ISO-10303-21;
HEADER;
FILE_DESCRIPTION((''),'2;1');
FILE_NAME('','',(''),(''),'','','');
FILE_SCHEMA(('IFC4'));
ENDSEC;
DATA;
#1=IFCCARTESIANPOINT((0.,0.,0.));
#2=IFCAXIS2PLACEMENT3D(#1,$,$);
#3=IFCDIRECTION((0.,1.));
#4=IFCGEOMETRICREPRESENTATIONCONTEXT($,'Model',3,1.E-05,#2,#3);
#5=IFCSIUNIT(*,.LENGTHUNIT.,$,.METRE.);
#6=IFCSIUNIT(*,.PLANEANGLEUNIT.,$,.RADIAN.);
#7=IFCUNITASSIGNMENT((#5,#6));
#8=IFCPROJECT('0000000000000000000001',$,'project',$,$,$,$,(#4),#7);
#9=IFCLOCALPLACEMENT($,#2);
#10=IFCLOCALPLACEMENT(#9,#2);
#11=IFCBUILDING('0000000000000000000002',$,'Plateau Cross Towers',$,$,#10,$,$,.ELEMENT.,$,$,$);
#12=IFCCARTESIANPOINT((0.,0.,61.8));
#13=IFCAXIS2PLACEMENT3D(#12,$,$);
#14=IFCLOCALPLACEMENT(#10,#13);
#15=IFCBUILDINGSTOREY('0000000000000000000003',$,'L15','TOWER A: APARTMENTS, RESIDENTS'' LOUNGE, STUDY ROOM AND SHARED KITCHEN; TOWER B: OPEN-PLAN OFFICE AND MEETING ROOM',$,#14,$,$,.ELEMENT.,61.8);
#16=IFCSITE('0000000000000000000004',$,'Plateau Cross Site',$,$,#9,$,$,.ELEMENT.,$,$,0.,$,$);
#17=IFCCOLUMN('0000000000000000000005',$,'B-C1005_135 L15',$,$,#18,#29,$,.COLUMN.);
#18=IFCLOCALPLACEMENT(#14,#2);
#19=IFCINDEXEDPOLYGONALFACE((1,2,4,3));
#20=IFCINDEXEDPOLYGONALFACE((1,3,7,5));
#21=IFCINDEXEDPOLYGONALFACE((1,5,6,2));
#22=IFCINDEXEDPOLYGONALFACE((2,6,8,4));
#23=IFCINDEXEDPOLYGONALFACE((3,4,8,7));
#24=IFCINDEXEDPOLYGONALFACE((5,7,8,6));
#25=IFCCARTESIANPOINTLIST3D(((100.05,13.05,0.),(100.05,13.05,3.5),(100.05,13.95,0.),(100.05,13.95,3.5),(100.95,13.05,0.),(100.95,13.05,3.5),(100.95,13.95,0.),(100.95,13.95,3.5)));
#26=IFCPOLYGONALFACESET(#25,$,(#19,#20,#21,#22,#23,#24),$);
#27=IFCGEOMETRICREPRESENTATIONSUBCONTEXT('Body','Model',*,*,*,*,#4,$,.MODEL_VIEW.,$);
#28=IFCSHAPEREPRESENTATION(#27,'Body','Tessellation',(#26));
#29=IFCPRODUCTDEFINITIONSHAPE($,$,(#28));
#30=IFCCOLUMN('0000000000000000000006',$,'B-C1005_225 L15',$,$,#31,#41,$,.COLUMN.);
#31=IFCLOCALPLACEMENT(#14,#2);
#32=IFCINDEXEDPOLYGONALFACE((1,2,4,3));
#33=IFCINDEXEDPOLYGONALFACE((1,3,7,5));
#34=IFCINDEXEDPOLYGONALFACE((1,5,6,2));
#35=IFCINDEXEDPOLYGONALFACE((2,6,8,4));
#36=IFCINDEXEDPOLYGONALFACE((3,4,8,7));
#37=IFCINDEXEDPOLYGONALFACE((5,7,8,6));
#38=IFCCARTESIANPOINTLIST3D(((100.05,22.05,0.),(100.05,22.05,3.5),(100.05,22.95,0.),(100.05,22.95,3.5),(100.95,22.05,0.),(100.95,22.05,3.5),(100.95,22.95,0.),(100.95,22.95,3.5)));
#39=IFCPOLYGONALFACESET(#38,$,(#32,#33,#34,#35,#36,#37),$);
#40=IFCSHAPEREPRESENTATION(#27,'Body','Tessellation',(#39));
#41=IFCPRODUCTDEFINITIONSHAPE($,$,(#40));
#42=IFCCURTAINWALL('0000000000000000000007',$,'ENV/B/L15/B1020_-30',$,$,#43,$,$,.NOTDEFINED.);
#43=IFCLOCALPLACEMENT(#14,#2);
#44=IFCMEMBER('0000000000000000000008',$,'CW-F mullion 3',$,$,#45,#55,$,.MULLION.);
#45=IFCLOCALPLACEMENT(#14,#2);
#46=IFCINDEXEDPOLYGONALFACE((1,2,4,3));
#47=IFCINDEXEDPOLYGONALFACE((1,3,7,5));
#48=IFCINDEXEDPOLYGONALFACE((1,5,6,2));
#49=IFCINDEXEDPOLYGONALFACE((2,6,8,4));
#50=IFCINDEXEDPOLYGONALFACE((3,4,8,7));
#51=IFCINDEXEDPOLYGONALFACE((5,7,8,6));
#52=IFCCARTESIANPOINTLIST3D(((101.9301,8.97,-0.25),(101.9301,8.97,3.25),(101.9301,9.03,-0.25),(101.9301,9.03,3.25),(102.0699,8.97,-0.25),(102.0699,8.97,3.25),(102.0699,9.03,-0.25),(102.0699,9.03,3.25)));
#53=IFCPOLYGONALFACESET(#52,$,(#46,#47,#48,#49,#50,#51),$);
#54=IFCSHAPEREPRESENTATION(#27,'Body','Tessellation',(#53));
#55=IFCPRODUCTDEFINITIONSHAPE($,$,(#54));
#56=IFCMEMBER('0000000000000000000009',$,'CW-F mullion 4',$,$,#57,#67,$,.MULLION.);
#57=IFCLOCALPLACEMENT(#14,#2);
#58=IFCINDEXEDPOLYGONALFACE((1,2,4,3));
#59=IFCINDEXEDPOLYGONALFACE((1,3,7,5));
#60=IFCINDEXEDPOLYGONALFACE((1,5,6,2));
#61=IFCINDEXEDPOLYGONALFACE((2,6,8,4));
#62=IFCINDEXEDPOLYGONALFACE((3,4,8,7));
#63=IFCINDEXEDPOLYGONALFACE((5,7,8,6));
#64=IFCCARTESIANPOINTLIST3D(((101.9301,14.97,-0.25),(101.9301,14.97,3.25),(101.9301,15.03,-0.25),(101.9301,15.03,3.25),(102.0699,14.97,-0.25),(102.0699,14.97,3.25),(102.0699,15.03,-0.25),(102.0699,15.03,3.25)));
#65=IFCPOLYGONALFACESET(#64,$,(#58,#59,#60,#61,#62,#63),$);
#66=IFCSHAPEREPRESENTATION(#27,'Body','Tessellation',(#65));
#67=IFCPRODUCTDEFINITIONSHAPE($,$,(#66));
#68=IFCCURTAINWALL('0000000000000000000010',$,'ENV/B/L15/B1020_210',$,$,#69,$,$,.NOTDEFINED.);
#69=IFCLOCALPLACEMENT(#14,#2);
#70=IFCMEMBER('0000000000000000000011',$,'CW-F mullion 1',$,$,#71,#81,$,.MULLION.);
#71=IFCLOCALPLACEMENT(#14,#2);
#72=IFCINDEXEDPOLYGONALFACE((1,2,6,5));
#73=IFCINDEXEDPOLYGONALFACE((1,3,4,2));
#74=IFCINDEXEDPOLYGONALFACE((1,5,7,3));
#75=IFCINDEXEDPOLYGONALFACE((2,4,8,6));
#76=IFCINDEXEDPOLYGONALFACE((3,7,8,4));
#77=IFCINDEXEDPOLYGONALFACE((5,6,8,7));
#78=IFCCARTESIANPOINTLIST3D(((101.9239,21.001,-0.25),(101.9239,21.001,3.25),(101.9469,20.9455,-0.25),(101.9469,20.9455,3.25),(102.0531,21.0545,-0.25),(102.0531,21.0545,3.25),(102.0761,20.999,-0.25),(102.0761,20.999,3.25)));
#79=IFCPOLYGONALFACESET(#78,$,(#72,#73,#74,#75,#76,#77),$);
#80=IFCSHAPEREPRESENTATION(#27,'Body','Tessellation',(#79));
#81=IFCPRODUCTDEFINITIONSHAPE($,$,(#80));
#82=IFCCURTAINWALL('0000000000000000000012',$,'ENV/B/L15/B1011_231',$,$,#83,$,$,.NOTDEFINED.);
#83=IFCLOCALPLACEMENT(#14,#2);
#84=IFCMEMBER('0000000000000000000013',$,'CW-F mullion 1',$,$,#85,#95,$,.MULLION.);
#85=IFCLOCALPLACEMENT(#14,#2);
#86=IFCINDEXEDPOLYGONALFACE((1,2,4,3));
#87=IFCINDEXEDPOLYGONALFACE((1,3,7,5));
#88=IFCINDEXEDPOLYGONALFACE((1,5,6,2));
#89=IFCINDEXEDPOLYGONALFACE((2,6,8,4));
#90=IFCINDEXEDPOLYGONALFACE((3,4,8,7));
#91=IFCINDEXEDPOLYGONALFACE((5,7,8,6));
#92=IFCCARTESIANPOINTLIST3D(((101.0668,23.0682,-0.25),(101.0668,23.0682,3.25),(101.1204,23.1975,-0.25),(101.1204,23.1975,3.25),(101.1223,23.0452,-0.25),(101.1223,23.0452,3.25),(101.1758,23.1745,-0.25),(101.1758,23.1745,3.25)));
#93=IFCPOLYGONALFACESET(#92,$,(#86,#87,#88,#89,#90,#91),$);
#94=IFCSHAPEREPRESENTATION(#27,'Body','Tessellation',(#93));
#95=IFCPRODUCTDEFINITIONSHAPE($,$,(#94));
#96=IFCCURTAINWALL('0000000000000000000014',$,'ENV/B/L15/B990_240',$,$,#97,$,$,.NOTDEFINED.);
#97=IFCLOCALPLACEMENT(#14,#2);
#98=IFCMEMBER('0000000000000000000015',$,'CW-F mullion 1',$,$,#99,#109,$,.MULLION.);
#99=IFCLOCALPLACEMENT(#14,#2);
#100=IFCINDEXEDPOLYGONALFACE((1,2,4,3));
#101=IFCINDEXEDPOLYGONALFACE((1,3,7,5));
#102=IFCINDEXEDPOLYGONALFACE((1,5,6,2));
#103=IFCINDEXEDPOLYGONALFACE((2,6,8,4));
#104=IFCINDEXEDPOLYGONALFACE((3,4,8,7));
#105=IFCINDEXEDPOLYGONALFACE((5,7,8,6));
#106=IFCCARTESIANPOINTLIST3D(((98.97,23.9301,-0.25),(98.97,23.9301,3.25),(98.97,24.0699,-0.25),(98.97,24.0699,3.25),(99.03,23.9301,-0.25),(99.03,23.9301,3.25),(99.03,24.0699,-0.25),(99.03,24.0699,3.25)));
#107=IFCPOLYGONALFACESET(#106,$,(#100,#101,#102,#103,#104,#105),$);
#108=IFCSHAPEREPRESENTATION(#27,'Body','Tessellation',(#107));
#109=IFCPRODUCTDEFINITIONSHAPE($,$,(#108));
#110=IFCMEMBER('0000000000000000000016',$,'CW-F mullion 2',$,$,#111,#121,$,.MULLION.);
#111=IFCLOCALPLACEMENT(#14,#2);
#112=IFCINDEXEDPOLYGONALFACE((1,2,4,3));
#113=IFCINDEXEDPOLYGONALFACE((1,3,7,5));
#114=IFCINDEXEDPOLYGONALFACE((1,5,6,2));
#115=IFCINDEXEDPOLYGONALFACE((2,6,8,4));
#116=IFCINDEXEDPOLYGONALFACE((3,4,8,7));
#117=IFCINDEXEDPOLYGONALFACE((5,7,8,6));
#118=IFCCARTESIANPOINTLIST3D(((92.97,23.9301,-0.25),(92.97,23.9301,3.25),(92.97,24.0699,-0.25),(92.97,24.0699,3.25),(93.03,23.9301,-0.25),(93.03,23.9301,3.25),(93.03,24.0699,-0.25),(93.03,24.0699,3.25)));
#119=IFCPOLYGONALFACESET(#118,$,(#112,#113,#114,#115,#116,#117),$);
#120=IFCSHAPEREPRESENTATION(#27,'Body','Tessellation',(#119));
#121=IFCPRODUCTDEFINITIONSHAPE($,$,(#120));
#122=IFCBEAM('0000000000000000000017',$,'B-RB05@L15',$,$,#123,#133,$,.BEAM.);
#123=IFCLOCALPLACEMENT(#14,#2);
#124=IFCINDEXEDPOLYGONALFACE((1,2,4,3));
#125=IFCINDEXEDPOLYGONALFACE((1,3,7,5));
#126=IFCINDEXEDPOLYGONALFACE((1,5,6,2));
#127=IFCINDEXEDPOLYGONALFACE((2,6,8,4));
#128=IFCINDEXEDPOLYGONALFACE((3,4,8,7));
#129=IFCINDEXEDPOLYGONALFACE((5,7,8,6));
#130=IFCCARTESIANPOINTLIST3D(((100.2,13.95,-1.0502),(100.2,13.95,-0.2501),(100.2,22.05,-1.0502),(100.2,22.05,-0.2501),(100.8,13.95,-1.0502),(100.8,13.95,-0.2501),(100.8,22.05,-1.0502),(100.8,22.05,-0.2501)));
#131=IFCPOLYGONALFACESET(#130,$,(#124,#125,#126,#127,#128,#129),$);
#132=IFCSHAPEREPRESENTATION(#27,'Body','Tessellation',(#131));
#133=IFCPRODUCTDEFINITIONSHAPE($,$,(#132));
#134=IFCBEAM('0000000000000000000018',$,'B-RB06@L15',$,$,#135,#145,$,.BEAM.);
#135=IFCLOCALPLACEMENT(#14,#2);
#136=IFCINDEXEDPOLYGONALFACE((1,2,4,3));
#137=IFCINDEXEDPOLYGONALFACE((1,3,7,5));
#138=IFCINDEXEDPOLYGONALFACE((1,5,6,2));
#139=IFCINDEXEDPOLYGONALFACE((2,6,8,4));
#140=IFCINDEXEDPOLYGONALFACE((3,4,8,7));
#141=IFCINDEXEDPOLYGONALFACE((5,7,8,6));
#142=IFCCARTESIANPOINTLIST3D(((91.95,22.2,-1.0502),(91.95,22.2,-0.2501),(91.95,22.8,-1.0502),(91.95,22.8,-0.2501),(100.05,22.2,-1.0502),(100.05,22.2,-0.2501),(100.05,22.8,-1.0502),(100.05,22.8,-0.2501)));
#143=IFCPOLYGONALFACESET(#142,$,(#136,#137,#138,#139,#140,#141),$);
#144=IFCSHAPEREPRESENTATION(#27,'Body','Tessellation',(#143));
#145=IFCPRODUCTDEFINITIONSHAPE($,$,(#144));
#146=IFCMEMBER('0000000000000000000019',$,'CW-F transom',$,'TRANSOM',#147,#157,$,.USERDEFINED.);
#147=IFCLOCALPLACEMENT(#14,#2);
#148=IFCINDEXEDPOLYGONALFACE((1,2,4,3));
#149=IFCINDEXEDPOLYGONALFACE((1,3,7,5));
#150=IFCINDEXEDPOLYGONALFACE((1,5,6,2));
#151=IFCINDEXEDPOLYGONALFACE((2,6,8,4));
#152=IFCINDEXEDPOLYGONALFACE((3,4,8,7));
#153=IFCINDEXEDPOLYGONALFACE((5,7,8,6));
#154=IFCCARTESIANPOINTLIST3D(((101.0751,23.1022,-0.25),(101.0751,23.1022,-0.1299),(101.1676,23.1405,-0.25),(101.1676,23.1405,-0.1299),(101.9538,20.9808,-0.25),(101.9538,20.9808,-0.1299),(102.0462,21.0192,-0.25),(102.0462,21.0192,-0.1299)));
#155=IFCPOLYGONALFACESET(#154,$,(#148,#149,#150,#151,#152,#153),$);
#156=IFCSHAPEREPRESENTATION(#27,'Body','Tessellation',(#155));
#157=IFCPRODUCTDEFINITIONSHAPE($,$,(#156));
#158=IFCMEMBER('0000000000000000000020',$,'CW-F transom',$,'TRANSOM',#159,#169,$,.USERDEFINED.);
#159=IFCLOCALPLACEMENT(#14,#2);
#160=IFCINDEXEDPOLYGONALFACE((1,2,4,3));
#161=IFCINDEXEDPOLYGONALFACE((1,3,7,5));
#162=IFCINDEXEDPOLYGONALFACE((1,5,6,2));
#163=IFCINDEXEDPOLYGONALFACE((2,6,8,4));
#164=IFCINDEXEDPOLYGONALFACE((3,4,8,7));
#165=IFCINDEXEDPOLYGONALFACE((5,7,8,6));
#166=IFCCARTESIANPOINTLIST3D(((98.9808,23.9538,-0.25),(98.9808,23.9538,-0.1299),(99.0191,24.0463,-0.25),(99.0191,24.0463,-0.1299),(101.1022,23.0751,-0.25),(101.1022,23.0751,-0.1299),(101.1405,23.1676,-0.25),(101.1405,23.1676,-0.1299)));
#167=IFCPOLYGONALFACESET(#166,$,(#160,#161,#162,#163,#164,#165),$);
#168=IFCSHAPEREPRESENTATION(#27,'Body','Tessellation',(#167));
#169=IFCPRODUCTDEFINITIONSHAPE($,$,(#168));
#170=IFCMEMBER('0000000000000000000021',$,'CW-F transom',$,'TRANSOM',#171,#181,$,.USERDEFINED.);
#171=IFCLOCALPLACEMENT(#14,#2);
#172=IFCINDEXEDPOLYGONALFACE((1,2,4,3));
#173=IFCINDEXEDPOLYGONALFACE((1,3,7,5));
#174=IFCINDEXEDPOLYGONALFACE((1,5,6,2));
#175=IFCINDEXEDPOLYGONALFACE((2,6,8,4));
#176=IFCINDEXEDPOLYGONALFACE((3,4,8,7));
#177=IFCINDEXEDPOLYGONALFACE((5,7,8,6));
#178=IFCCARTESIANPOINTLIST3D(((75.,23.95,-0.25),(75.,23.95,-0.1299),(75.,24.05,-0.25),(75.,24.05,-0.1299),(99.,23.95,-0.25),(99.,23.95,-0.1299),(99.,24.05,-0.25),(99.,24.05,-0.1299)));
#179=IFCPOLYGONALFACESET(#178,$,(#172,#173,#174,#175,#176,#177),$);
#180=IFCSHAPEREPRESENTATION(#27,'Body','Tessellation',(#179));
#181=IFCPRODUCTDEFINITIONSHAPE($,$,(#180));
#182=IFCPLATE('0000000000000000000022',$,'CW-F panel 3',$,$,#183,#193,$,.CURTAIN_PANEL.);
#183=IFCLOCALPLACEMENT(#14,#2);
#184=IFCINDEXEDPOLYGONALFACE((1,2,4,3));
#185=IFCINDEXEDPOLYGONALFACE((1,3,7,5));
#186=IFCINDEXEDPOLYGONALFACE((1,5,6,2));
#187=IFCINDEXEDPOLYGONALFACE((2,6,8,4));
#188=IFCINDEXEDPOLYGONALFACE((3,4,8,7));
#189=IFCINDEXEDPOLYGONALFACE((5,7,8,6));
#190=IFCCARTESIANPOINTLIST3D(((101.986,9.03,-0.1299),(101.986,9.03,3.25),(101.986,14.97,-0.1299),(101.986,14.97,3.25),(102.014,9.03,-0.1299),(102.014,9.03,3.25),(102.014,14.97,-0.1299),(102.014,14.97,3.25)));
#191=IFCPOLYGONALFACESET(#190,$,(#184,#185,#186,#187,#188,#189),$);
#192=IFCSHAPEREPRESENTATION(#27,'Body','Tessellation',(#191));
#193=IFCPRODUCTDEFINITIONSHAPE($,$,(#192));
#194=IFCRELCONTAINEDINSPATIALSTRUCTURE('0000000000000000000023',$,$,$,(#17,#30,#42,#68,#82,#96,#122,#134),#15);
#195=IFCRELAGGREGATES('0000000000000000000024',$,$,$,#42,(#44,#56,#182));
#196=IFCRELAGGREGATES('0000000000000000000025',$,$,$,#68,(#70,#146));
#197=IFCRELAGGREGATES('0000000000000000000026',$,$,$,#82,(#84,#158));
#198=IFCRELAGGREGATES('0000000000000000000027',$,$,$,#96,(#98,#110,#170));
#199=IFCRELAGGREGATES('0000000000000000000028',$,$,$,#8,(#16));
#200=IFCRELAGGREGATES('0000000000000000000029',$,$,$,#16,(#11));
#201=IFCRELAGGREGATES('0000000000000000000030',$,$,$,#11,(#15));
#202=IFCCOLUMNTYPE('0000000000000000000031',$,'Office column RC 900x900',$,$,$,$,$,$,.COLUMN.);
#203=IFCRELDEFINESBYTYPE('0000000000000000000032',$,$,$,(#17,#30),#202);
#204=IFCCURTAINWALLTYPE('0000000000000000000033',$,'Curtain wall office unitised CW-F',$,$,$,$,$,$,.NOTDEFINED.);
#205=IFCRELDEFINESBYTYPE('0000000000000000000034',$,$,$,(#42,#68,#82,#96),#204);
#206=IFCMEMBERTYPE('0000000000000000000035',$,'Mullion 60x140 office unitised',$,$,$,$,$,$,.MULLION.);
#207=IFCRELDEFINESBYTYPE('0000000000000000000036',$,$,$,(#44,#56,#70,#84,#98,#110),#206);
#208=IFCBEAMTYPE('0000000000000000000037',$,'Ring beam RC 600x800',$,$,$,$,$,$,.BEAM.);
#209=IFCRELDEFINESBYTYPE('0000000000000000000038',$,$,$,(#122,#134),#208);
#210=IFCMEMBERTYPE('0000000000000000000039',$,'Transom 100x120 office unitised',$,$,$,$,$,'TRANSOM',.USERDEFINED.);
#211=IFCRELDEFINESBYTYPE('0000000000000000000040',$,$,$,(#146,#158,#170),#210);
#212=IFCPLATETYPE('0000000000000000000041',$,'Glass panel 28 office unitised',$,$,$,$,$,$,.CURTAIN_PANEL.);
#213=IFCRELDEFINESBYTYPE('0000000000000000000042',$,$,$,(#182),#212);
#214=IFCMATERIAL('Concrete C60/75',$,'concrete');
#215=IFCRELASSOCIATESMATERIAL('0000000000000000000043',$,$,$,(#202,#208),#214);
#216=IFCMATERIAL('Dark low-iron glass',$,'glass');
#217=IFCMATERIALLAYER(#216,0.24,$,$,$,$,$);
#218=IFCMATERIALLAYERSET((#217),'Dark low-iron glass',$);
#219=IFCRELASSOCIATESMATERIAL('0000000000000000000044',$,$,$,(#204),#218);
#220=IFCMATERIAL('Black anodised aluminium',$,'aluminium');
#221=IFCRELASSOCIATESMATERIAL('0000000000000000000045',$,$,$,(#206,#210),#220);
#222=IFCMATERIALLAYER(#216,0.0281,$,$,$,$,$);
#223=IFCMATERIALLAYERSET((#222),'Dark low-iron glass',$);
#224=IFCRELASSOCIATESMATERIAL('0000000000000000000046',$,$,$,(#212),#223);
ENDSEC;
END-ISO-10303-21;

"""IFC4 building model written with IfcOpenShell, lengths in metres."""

from ifc_helpers import new_model, si_unit, direction, frame, origin, origin_2d, place, context, subcontext, project, spatial, rectangle, extrude, material, layer, layer_set, material_profile, profile_set, type_object, element, aggregate, save


model = new_model("IFC4")

# Units and contexts
model_context = context("Model", 3, precision=1e-05, world=origin(), true_north=direction((0.0, 1.0)))
body_context = subcontext(model_context, "Body", "Model", "MODEL_VIEW")
ifc_project = project(units=[si_unit("LENGTHUNIT", "METRE"), si_unit("PLANEANGLEUNIT", "RADIAN")], contexts=[model_context])

# Site, building, storey
site_placement = place(None, origin())
site = spatial("IfcSite", under=ifc_project, at=site_placement, Name="Plateau Cross Site", CompositionType="ELEMENT", RefElevation=0.0)
building_placement = place(site_placement, origin())
building = spatial("IfcBuilding", under=site, at=building_placement, Name="Plateau Cross Towers", CompositionType="ELEMENT")
storey_placement = place(building_placement, frame((0.0, 0.0, 61.8)))
storey = spatial("IfcBuildingStorey", under=building, at=storey_placement, Name="L15", Description="TOWER A: APARTMENTS, RESIDENTS' LOUNGE, STUDY ROOM AND SHARED KITCHEN; TOWER B: OPEN-PLAN OFFICE AND MEETING ROOM", CompositionType="ELEMENT", Elevation=61.8)

# Columns
ifc_material_1 = material(Name="Concrete C60/75", Category="concrete")
ifc_material_profile_1 = material_profile(ifc_material_1, rectangle(XDim=0.8999, YDim=0.8999, at=origin_2d()), Name="RC 900x900")
ifc_profile_set_1 = profile_set([ifc_material_profile_1], Name="Concrete C60/75")
column_type = type_object("IfcColumnType", Name="Office column RC 900x900", PredefinedType="COLUMN", material=ifc_profile_set_1)
for number, where, z_axis, x_axis, name in (
    (1, (100.5, 13.5, 0.0), (0.0, 0.0, 1.0), (1.0, 0.0, 0.0), "B-C1005_135 L15"),
    (2, (100.5, 22.5, 0.0), (0.0, 0.0, 1.0), (1.0, 0.0, 0.0), "B-C1005_225 L15"),
):
    element("IfcColumn", number, at=place(storey_placement, frame(where, z_axis=z_axis, x_axis=x_axis)), inside=storey, type_object=column_type, Name=name, PredefinedType="COLUMN", context=body_context, shape_type="SweptSolid", body=[
        extrude(rectangle(XDim=0.8999, YDim=0.8999, at=origin_2d()), origin(), (0.0, 0.0, 1.0), 3.5),
    ])

# Curtain wall, members
ifc_material_2 = material(Name="Dark low-iron glass", Category="glass")
ifc_layer_1 = layer(ifc_material_2, 0.24)
ifc_layer_set_1 = layer_set([ifc_layer_1], Name="Dark low-iron glass")
curtain_wall_type = type_object("IfcCurtainWallType", Name="Curtain wall office unitised CW-F", PredefinedType="NOTDEFINED", material=ifc_layer_set_1)
curtain_wall_1_placement = place(storey_placement, origin())
curtain_wall_1 = element("IfcCurtainWall", 3, at=curtain_wall_1_placement, inside=storey, type_object=curtain_wall_type, Name="ENV/B/L15/B1020_-30", PredefinedType="NOTDEFINED")
ifc_material_3 = material(Name="Black anodised aluminium", Category="aluminium")
ifc_material_profile_2 = material_profile(ifc_material_3, rectangle(XDim=0.0601, YDim=0.1399, at=origin_2d()), Name="MULLION 60x140")
ifc_profile_set_2 = profile_set([ifc_material_profile_2], Name="Black anodised aluminium")
member_type_1 = type_object("IfcMemberType", Name="Mullion 60x140 office unitised", PredefinedType="MULLION", material=ifc_profile_set_2)
member_1_placement = place(storey_placement, frame((102.0, 9.0, -0.25), z_axis=(0.0, 0.0, 1.0), x_axis=(0.0, 1.0, 0.0)))
member_1 = element("IfcMember", 4, at=member_1_placement, type_object=member_type_1, Name="CW-F mullion 3", PredefinedType="MULLION", context=body_context, shape_type="SweptSolid", body=[
    extrude(rectangle(XDim=0.0601, YDim=0.1399, at=origin_2d()), origin(), (0.0, 0.0, 1.0), 3.5),
])
member_2_placement = place(storey_placement, frame((102.0, 15.0, -0.25), z_axis=(0.0, 0.0, 1.0), x_axis=(0.0, 1.0, 0.0)))
member_2 = element("IfcMember", 5, at=member_2_placement, type_object=member_type_1, Name="CW-F mullion 4", PredefinedType="MULLION", context=body_context, shape_type="SweptSolid", body=[
    extrude(rectangle(XDim=0.0601, YDim=0.1399, at=origin_2d()), origin(), (0.0, 0.0, 1.0), 3.5),
])

# Curtain walls, members
curtain_wall_2_placement = place(storey_placement, origin())
curtain_wall_2 = element("IfcCurtainWall", 6, at=curtain_wall_2_placement, inside=storey, type_object=curtain_wall_type, Name="ENV/B/L15/B1020_210", PredefinedType="NOTDEFINED")
member_3_placement = place(storey_placement, frame((102.0, 21.0, -0.25), z_axis=(0.0, 0.0, 1.0), x_axis=(-0.382684, 0.923879, 0.0)))
member_3 = element("IfcMember", 7, at=member_3_placement, type_object=member_type_1, Name="CW-F mullion 1", PredefinedType="MULLION", context=body_context, shape_type="SweptSolid", body=[
    extrude(rectangle(XDim=0.0601, YDim=0.1399, at=origin_2d()), origin(), (0.0, 0.0, 1.0), 3.5),
])
curtain_wall_3_placement = place(storey_placement, origin())
curtain_wall_3 = element("IfcCurtainWall", 8, at=curtain_wall_3_placement, inside=storey, type_object=curtain_wall_type, Name="ENV/B/L15/B1011_231", PredefinedType="NOTDEFINED")
member_4_placement = place(storey_placement, frame((101.1213, 23.1213, -0.25), z_axis=(0.0, 0.0, 1.0), x_axis=(-0.923879, 0.382684, 0.0)))
member_4 = element("IfcMember", 9, at=member_4_placement, type_object=member_type_1, Name="CW-F mullion 1", PredefinedType="MULLION", context=body_context, shape_type="SweptSolid", body=[
    extrude(rectangle(XDim=0.0601, YDim=0.1399, at=origin_2d()), origin(), (0.0, 0.0, 1.0), 3.5),
])

# Curtain wall, members
curtain_wall_4_placement = place(storey_placement, origin())
curtain_wall_4 = element("IfcCurtainWall", 10, at=curtain_wall_4_placement, inside=storey, type_object=curtain_wall_type, Name="ENV/B/L15/B990_240", PredefinedType="NOTDEFINED")
member_5_placement = place(storey_placement, frame((99.0, 24.0, -0.25), z_axis=(0.0, 0.0, 1.0), x_axis=(-1.0, 0.0, 0.0)))
member_5 = element("IfcMember", 11, at=member_5_placement, type_object=member_type_1, Name="CW-F mullion 1", PredefinedType="MULLION", context=body_context, shape_type="SweptSolid", body=[
    extrude(rectangle(XDim=0.0601, YDim=0.1399, at=origin_2d()), origin(), (0.0, 0.0, 1.0), 3.5),
])
member_6_placement = place(storey_placement, frame((93.0, 24.0, -0.25), z_axis=(0.0, 0.0, 1.0), x_axis=(-1.0, 0.0, 0.0)))
member_6 = element("IfcMember", 12, at=member_6_placement, type_object=member_type_1, Name="CW-F mullion 2", PredefinedType="MULLION", context=body_context, shape_type="SweptSolid", body=[
    extrude(rectangle(XDim=0.0601, YDim=0.1399, at=origin_2d()), origin(), (0.0, 0.0, 1.0), 3.5),
])

# Beams
ifc_material_profile_3 = material_profile(ifc_material_1, rectangle(XDim=0.6001, YDim=0.8, at=origin_2d()), Name="RC 600x800")
ifc_profile_set_3 = profile_set([ifc_material_profile_3], Name="Concrete C60/75")
beam_type = type_object("IfcBeamType", Name="Ring beam RC 600x800", PredefinedType="BEAM", material=ifc_profile_set_3)
for number, where, z_axis, x_axis, name in (
    (13, (100.5, 13.95, -0.6501), (0.0, 1.0, 0.0), (-1.0, 0.0, 0.0), "B-RB05@L15"),
    (14, (100.05, 22.5, -0.6501), (-1.0, 0.0, 0.0), (0.0, -1.0, 0.0), "B-RB06@L15"),
):
    element("IfcBeam", number, at=place(storey_placement, frame(where, z_axis=z_axis, x_axis=x_axis)), inside=storey, type_object=beam_type, Name=name, PredefinedType="BEAM", context=body_context, shape_type="SweptSolid", body=[
        extrude(rectangle(XDim=0.6001, YDim=0.8, at=origin_2d()), origin(), (0.0, 0.0, 1.0), 8.1001),
    ])

# Members
ifc_material_profile_4 = material_profile(ifc_material_3, rectangle(XDim=0.1001, YDim=0.1201, at=origin_2d()), Name="TRANSOM 100x120")
ifc_profile_set_4 = profile_set([ifc_material_profile_4], Name="Black anodised aluminium")
member_type_2 = type_object("IfcMemberType", Name="Transom 100x120 office unitised", ElementType="TRANSOM", PredefinedType="USERDEFINED", material=ifc_profile_set_4)
member_7_placement = place(storey_placement, frame((102.0, 21.0, -0.1899), z_axis=(-0.382674, 0.923883, 0.0), x_axis=(-0.923883, -0.382674, 0.0)))
member_7 = element("IfcMember", 15, at=member_7_placement, type_object=member_type_2, Name="CW-F transom", ObjectType="TRANSOM", PredefinedType="USERDEFINED", context=body_context, shape_type="SweptSolid", body=[
    extrude(rectangle(XDim=0.1001, YDim=0.1201, at=origin_2d()), origin(), (0.0, 0.0, 1.0), 2.2961),
])
member_8_placement = place(storey_placement, frame((101.1213, 23.1213, -0.1899), z_axis=(-0.923883, 0.382674, 0.0), x_axis=(-0.382674, -0.923883, 0.0)))
member_8 = element("IfcMember", 16, at=member_8_placement, type_object=member_type_2, Name="CW-F transom", ObjectType="TRANSOM", PredefinedType="USERDEFINED", context=body_context, shape_type="SweptSolid", body=[
    extrude(rectangle(XDim=0.1001, YDim=0.1201, at=origin_2d()), origin(), (0.0, 0.0, 1.0), 2.2961),
])
member_9_placement = place(storey_placement, frame((99.0, 24.0, -0.1899), z_axis=(-1.0, 0.0, 0.0), x_axis=(0.0, -1.0, 0.0)))
member_9 = element("IfcMember", 17, at=member_9_placement, type_object=member_type_2, Name="CW-F transom", ObjectType="TRANSOM", PredefinedType="USERDEFINED", context=body_context, shape_type="SweptSolid", body=[
    extrude(rectangle(XDim=0.1001, YDim=0.1201, at=origin_2d()), origin(), (0.0, 0.0, 1.0), 24.0),
])

# Plate
ifc_layer_2 = layer(ifc_material_2, 0.0281)
ifc_layer_set_2 = layer_set([ifc_layer_2], Name="Dark low-iron glass")
plate_type = type_object("IfcPlateType", Name="Glass panel 28 office unitised", PredefinedType="CURTAIN_PANEL", material=ifc_layer_set_2)
plate_1_placement = place(storey_placement, frame((102.0, 12.0, -0.1299), z_axis=(0.0, 0.0, 1.0), x_axis=(0.0, 1.0, 0.0)))
plate_1 = element("IfcPlate", 18, at=plate_1_placement, type_object=plate_type, Name="CW-F panel 3", PredefinedType="CURTAIN_PANEL", context=body_context, shape_type="SweptSolid", body=[
    extrude(rectangle(XDim=5.9399, YDim=0.0281, at=origin_2d()), origin(), (0.0, 0.0, 1.0), 3.3799),
])
aggregate(curtain_wall_1, [member_1, member_2, plate_1])
aggregate(curtain_wall_2, [member_3, member_7])
aggregate(curtain_wall_3, [member_4, member_8])
aggregate(curtain_wall_4, [member_5, member_6, member_9])

save(model, "model.ifc")
